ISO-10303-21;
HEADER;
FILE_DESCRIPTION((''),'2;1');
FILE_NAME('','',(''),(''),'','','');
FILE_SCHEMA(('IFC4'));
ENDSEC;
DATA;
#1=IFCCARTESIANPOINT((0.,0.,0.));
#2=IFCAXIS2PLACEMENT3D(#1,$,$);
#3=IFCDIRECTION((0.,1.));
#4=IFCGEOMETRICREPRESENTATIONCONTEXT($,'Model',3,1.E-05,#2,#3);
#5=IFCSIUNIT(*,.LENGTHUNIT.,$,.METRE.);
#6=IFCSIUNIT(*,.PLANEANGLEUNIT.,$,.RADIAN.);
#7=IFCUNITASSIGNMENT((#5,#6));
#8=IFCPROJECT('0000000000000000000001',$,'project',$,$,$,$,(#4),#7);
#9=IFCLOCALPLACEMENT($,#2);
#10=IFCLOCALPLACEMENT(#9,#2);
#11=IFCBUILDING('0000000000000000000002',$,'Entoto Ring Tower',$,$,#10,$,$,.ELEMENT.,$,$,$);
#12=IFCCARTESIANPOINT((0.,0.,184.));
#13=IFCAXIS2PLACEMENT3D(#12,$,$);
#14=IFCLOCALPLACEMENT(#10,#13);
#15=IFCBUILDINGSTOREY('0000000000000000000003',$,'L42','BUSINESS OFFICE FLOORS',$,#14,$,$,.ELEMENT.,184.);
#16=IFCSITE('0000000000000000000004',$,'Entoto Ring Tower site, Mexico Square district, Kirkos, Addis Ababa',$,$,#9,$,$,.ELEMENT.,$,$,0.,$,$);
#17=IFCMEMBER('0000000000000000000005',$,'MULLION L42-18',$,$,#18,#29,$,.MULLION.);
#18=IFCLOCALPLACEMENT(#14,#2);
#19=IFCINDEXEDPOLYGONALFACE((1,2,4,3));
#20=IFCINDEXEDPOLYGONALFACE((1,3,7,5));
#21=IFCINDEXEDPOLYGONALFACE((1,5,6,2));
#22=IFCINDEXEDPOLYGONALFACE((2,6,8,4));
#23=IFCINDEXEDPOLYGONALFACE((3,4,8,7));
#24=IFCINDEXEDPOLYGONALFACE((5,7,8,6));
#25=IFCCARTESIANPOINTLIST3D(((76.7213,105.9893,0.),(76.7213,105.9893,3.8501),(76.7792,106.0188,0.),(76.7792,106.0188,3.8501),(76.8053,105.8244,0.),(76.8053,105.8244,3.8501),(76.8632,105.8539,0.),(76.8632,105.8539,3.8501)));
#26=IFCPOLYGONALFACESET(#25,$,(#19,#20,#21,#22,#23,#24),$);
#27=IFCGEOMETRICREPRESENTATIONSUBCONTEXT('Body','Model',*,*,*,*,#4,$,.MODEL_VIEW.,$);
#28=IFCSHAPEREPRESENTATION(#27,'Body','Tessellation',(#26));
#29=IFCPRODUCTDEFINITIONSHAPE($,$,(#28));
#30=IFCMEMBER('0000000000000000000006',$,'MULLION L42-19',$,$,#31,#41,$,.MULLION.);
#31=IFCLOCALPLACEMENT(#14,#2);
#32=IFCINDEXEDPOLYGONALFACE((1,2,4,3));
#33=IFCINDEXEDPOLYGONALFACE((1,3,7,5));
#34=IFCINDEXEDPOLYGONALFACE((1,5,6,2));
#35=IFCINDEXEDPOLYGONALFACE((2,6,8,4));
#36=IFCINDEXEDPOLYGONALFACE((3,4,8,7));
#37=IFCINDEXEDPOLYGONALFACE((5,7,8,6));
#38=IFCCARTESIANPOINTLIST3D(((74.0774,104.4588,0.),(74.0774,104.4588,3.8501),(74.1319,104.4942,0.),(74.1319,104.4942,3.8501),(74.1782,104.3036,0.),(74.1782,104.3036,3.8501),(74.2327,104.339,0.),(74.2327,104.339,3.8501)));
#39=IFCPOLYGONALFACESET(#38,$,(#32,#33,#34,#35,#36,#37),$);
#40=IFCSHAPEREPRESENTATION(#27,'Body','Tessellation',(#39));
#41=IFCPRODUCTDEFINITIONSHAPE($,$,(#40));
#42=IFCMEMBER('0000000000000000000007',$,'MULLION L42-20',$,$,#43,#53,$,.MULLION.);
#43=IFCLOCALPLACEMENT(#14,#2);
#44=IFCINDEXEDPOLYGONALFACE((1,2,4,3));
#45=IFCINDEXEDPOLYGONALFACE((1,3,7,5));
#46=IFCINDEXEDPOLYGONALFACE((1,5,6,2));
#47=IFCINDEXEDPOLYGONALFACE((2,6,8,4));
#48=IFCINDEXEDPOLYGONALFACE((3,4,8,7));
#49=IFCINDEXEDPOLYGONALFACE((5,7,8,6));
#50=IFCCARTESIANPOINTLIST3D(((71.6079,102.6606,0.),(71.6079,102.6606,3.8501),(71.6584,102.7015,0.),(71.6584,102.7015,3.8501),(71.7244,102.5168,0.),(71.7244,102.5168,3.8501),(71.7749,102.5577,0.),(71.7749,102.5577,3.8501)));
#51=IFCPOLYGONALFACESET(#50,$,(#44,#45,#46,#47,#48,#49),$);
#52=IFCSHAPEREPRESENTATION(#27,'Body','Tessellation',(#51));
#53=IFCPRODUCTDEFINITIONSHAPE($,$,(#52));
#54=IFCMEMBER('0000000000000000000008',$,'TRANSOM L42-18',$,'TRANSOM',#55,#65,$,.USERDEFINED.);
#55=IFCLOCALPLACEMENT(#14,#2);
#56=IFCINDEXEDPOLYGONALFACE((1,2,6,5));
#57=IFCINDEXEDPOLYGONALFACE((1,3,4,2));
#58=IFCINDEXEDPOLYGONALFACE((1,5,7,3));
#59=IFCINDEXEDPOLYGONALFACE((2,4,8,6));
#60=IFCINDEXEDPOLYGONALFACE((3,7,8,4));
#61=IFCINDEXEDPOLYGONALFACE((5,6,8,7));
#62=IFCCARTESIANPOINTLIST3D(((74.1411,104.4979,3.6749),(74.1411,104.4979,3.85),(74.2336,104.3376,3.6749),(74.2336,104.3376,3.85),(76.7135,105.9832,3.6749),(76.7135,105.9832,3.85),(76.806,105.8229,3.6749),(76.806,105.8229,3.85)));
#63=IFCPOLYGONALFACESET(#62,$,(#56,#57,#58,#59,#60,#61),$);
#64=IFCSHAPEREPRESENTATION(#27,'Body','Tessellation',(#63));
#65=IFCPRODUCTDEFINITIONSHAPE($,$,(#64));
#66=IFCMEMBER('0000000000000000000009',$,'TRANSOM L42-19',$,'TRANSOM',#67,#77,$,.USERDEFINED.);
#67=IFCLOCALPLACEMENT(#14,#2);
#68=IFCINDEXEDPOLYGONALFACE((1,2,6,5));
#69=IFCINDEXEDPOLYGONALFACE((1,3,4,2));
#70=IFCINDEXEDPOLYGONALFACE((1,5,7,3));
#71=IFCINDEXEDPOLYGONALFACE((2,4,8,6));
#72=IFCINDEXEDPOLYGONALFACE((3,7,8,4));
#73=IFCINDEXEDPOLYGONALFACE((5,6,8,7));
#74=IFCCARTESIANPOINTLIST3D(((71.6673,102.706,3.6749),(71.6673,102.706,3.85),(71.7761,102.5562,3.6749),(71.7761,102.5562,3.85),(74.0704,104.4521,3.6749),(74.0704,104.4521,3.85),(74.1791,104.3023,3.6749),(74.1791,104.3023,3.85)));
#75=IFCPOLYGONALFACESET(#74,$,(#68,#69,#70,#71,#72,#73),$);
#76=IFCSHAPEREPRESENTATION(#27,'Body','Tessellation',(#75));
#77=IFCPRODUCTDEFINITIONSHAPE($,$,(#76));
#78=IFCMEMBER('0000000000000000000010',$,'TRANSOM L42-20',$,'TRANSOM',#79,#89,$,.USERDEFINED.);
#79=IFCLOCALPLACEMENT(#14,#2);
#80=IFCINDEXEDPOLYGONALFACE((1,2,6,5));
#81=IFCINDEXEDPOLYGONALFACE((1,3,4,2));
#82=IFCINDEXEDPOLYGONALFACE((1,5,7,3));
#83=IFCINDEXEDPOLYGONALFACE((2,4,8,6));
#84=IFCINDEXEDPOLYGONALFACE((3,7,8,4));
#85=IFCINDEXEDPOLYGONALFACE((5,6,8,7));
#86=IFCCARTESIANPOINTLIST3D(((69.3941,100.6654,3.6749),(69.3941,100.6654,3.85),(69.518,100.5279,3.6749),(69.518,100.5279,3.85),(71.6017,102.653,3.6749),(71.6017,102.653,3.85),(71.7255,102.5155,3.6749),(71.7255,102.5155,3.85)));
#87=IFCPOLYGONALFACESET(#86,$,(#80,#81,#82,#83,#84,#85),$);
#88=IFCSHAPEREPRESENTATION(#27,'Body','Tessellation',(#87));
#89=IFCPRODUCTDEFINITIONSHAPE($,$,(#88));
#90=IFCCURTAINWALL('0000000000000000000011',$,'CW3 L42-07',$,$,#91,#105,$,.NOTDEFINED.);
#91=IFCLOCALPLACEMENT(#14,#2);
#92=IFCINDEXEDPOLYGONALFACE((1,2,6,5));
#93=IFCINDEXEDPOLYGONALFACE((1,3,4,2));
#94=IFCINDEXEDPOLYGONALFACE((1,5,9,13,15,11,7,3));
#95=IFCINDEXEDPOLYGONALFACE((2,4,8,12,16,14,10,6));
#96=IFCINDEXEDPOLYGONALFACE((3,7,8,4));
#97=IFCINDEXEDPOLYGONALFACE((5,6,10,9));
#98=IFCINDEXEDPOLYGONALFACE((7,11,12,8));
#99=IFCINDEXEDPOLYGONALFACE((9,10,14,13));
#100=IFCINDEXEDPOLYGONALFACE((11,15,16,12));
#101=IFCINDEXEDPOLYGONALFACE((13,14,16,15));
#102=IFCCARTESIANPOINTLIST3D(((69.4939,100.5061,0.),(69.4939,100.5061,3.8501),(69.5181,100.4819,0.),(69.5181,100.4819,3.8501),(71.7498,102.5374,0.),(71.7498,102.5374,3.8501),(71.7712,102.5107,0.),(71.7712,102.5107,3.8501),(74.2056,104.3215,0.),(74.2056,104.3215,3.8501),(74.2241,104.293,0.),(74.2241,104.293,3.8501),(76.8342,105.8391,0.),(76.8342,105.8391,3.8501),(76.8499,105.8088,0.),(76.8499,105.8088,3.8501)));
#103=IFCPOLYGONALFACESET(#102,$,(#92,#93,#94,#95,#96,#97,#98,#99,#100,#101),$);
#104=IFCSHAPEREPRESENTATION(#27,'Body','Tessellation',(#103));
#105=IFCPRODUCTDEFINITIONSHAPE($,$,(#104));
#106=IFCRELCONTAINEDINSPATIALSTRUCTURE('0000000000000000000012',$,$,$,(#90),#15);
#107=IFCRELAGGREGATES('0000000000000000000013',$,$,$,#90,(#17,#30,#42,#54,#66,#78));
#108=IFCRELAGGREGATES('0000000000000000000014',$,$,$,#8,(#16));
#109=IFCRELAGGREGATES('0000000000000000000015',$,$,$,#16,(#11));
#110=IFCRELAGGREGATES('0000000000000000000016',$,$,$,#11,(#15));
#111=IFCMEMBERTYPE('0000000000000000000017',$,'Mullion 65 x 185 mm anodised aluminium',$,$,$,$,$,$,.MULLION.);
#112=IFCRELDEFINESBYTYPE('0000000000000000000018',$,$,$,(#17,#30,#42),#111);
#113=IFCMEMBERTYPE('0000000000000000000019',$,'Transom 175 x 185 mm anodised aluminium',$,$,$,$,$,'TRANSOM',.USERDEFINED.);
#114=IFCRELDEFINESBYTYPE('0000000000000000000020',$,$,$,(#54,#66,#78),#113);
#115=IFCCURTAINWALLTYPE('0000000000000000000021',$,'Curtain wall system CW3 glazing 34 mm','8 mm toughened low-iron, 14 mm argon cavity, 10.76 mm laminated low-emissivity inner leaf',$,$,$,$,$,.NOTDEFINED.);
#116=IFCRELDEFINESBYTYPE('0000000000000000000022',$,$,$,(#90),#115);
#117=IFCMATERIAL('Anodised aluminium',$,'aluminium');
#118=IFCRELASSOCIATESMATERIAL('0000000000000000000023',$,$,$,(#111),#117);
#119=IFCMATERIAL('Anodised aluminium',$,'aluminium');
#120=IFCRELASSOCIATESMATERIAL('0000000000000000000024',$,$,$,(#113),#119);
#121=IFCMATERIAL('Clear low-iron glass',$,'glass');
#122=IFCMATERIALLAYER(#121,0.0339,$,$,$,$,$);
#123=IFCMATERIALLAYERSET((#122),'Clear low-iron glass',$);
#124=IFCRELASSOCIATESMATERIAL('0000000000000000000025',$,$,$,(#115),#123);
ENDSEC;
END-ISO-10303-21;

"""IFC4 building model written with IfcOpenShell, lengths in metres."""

from ifc_helpers import new_model, si_unit, direction, frame, origin, origin_2d, place, context, subcontext, project, spatial, polyline, rectangle, outline, extrude, material, layer, layer_set, material_profile, profile_set, type_object, element, aggregate, save


model = new_model("IFC4")

# Units and contexts
model_context = context("Model", 3, precision=1e-05, world=origin(), true_north=direction((0.0, 1.0)))
body_context = subcontext(model_context, "Body", "Model", "MODEL_VIEW")
ifc_project = project(units=[si_unit("LENGTHUNIT", "METRE"), si_unit("PLANEANGLEUNIT", "RADIAN")], contexts=[model_context])

# Members
ifc_material_1 = material(Name="Anodised aluminium", Category="aluminium")
ifc_material_profile_1 = material_profile(ifc_material_1, rectangle(XDim=0.0649, YDim=0.1851, at=origin_2d()), Name="Mullion 65 x 185 mm anodised aluminium")
ifc_profile_set_1 = profile_set([ifc_material_profile_1], Name="Anodised aluminium")
member_type_1 = type_object("IfcMemberType", Name="Mullion 65 x 185 mm anodised aluminium", PredefinedType="MULLION", material=ifc_profile_set_1)
site_placement = place(None, origin())
building_placement = place(site_placement, origin())
storey_placement = place(building_placement, frame((0.0, 0.0, 184.0)))
member_1_placement = place(storey_placement, frame((76.7922, 105.9216, 0.0), z_axis=(0.0, 0.0, 1.0), x_axis=(-0.891007, -0.45399, 0.0)))
member_1 = element("IfcMember", 1, at=member_1_placement, type_object=member_type_1, Name="MULLION L42-18", PredefinedType="MULLION", context=body_context, shape_type="SweptSolid", body=[
    extrude(rectangle(XDim=0.0649, YDim=0.1851, at=origin_2d()), origin(), (0.0, 0.0, 1.0), 3.8501),
])
member_2_placement = place(storey_placement, frame((74.155, 104.3989, 0.0), z_axis=(0.0, 0.0, 1.0), x_axis=(-0.838671, -0.544639, 0.0)))
member_2 = element("IfcMember", 2, at=member_2_placement, type_object=member_type_1, Name="MULLION L42-19", PredefinedType="MULLION", context=body_context, shape_type="SweptSolid", body=[
    extrude(rectangle(XDim=0.0649, YDim=0.1851, at=origin_2d()), origin(), (0.0, 0.0, 1.0), 3.8501),
])
member_3_placement = place(storey_placement, frame((71.6914, 102.6091, 0.0), z_axis=(0.0, 0.0, 1.0), x_axis=(-0.777146, -0.62932, 0.0)))
member_3 = element("IfcMember", 3, at=member_3_placement, type_object=member_type_1, Name="MULLION L42-20", PredefinedType="MULLION", context=body_context, shape_type="SweptSolid", body=[
    extrude(rectangle(XDim=0.0649, YDim=0.1851, at=origin_2d()), origin(), (0.0, 0.0, 1.0), 3.8501),
])
ifc_material_2 = material(Name="Anodised aluminium", Category="aluminium")
ifc_material_profile_2 = material_profile(ifc_material_2, rectangle(XDim=0.1851, YDim=0.175, at=origin_2d()), Name="Transom 175 x 185 mm anodised aluminium")
ifc_profile_set_2 = profile_set([ifc_material_profile_2], Name="Anodised aluminium")
member_type_2 = type_object("IfcMemberType", Name="Transom 175 x 185 mm anodised aluminium", ElementType="TRANSOM", PredefinedType="USERDEFINED", material=ifc_profile_set_2)
member_4_placement = place(storey_placement, frame((76.7598, 105.9031, 3.7625), z_axis=(-0.866009, -0.500028, 0.0), x_axis=(0.500028, -0.866009, 0.0)))
member_4 = element("IfcMember", 4, at=member_4_placement, type_object=member_type_2, Name="TRANSOM L42-18", ObjectType="TRANSOM", PredefinedType="USERDEFINED", context=body_context, shape_type="SweptSolid", body=[
    extrude(rectangle(XDim=0.1851, YDim=0.175, at=origin_2d()), origin(), (0.0, 0.0, 1.0), 2.9705),
])
member_5_placement = place(storey_placement, frame((74.1248, 104.3772, 3.7625), z_axis=(-0.808992, -0.58782, 0.0), x_axis=(0.58782, -0.808992, 0.0)))
member_5 = element("IfcMember", 5, at=member_5_placement, type_object=member_type_2, Name="TRANSOM L42-19", ObjectType="TRANSOM", PredefinedType="USERDEFINED", context=body_context, shape_type="SweptSolid", body=[
    extrude(rectangle(XDim=0.1851, YDim=0.175, at=origin_2d()), origin(), (0.0, 0.0, 1.0), 2.9705),
])
member_6_placement = place(storey_placement, frame((71.6636, 102.5842, 3.7625), z_axis=(-0.743163, -0.66911, 0.0), x_axis=(0.66911, -0.743163, 0.0)))
member_6 = element("IfcMember", 6, at=member_6_placement, type_object=member_type_2, Name="TRANSOM L42-20", ObjectType="TRANSOM", PredefinedType="USERDEFINED", context=body_context, shape_type="SweptSolid", body=[
    extrude(rectangle(XDim=0.1851, YDim=0.175, at=origin_2d()), origin(), (0.0, 0.0, 1.0), 2.9705),
])

# Site, building, storey
site = spatial("IfcSite", under=ifc_project, at=site_placement, Name="Entoto Ring Tower site, Mexico Square district, Kirkos, Addis Ababa", CompositionType="ELEMENT", RefElevation=0.0)
building = spatial("IfcBuilding", under=site, at=building_placement, Name="Entoto Ring Tower", CompositionType="ELEMENT")
storey = spatial("IfcBuildingStorey", under=building, at=storey_placement, Name="L42", Description="BUSINESS OFFICE FLOORS", CompositionType="ELEMENT", Elevation=184.0)

# Curtain wall
ifc_material_3 = material(Name="Clear low-iron glass", Category="glass")
ifc_layer = layer(ifc_material_3, 0.0339)
ifc_layer_set = layer_set([ifc_layer], Name="Clear low-iron glass")
curtain_wall_type = type_object("IfcCurtainWallType", Name="Curtain wall system CW3 glazing 34 mm", Description="8 mm toughened low-iron, 14 mm argon cavity, 10.76 mm laminated low-emissivity inner leaf", PredefinedType="NOTDEFINED", material=ifc_layer_set)
curtain_wall_1_placement = place(storey_placement, origin())
curtain_wall_1 = element("IfcCurtainWall", 7, at=curtain_wall_1_placement, inside=storey, type_object=curtain_wall_type, Name="CW3 L42-07", PredefinedType="NOTDEFINED", context=body_context, shape_type="SweptSolid", body=[
    extrude(outline(polyline([(76.8342, 105.8391), (74.2056, 104.3215), (71.7498, 102.5374), (69.4939, 100.5061), (69.5181, 100.4819), (71.7712, 102.5107), (74.2241, 104.293), (76.8499, 105.8088), (76.8342, 105.8391)])), origin(), (0.0, 0.0, 1.0), 3.8501),
])
aggregate(curtain_wall_1, [member_1, member_2, member_3, member_4, member_5, member_6])

save(model, "model.ifc")
